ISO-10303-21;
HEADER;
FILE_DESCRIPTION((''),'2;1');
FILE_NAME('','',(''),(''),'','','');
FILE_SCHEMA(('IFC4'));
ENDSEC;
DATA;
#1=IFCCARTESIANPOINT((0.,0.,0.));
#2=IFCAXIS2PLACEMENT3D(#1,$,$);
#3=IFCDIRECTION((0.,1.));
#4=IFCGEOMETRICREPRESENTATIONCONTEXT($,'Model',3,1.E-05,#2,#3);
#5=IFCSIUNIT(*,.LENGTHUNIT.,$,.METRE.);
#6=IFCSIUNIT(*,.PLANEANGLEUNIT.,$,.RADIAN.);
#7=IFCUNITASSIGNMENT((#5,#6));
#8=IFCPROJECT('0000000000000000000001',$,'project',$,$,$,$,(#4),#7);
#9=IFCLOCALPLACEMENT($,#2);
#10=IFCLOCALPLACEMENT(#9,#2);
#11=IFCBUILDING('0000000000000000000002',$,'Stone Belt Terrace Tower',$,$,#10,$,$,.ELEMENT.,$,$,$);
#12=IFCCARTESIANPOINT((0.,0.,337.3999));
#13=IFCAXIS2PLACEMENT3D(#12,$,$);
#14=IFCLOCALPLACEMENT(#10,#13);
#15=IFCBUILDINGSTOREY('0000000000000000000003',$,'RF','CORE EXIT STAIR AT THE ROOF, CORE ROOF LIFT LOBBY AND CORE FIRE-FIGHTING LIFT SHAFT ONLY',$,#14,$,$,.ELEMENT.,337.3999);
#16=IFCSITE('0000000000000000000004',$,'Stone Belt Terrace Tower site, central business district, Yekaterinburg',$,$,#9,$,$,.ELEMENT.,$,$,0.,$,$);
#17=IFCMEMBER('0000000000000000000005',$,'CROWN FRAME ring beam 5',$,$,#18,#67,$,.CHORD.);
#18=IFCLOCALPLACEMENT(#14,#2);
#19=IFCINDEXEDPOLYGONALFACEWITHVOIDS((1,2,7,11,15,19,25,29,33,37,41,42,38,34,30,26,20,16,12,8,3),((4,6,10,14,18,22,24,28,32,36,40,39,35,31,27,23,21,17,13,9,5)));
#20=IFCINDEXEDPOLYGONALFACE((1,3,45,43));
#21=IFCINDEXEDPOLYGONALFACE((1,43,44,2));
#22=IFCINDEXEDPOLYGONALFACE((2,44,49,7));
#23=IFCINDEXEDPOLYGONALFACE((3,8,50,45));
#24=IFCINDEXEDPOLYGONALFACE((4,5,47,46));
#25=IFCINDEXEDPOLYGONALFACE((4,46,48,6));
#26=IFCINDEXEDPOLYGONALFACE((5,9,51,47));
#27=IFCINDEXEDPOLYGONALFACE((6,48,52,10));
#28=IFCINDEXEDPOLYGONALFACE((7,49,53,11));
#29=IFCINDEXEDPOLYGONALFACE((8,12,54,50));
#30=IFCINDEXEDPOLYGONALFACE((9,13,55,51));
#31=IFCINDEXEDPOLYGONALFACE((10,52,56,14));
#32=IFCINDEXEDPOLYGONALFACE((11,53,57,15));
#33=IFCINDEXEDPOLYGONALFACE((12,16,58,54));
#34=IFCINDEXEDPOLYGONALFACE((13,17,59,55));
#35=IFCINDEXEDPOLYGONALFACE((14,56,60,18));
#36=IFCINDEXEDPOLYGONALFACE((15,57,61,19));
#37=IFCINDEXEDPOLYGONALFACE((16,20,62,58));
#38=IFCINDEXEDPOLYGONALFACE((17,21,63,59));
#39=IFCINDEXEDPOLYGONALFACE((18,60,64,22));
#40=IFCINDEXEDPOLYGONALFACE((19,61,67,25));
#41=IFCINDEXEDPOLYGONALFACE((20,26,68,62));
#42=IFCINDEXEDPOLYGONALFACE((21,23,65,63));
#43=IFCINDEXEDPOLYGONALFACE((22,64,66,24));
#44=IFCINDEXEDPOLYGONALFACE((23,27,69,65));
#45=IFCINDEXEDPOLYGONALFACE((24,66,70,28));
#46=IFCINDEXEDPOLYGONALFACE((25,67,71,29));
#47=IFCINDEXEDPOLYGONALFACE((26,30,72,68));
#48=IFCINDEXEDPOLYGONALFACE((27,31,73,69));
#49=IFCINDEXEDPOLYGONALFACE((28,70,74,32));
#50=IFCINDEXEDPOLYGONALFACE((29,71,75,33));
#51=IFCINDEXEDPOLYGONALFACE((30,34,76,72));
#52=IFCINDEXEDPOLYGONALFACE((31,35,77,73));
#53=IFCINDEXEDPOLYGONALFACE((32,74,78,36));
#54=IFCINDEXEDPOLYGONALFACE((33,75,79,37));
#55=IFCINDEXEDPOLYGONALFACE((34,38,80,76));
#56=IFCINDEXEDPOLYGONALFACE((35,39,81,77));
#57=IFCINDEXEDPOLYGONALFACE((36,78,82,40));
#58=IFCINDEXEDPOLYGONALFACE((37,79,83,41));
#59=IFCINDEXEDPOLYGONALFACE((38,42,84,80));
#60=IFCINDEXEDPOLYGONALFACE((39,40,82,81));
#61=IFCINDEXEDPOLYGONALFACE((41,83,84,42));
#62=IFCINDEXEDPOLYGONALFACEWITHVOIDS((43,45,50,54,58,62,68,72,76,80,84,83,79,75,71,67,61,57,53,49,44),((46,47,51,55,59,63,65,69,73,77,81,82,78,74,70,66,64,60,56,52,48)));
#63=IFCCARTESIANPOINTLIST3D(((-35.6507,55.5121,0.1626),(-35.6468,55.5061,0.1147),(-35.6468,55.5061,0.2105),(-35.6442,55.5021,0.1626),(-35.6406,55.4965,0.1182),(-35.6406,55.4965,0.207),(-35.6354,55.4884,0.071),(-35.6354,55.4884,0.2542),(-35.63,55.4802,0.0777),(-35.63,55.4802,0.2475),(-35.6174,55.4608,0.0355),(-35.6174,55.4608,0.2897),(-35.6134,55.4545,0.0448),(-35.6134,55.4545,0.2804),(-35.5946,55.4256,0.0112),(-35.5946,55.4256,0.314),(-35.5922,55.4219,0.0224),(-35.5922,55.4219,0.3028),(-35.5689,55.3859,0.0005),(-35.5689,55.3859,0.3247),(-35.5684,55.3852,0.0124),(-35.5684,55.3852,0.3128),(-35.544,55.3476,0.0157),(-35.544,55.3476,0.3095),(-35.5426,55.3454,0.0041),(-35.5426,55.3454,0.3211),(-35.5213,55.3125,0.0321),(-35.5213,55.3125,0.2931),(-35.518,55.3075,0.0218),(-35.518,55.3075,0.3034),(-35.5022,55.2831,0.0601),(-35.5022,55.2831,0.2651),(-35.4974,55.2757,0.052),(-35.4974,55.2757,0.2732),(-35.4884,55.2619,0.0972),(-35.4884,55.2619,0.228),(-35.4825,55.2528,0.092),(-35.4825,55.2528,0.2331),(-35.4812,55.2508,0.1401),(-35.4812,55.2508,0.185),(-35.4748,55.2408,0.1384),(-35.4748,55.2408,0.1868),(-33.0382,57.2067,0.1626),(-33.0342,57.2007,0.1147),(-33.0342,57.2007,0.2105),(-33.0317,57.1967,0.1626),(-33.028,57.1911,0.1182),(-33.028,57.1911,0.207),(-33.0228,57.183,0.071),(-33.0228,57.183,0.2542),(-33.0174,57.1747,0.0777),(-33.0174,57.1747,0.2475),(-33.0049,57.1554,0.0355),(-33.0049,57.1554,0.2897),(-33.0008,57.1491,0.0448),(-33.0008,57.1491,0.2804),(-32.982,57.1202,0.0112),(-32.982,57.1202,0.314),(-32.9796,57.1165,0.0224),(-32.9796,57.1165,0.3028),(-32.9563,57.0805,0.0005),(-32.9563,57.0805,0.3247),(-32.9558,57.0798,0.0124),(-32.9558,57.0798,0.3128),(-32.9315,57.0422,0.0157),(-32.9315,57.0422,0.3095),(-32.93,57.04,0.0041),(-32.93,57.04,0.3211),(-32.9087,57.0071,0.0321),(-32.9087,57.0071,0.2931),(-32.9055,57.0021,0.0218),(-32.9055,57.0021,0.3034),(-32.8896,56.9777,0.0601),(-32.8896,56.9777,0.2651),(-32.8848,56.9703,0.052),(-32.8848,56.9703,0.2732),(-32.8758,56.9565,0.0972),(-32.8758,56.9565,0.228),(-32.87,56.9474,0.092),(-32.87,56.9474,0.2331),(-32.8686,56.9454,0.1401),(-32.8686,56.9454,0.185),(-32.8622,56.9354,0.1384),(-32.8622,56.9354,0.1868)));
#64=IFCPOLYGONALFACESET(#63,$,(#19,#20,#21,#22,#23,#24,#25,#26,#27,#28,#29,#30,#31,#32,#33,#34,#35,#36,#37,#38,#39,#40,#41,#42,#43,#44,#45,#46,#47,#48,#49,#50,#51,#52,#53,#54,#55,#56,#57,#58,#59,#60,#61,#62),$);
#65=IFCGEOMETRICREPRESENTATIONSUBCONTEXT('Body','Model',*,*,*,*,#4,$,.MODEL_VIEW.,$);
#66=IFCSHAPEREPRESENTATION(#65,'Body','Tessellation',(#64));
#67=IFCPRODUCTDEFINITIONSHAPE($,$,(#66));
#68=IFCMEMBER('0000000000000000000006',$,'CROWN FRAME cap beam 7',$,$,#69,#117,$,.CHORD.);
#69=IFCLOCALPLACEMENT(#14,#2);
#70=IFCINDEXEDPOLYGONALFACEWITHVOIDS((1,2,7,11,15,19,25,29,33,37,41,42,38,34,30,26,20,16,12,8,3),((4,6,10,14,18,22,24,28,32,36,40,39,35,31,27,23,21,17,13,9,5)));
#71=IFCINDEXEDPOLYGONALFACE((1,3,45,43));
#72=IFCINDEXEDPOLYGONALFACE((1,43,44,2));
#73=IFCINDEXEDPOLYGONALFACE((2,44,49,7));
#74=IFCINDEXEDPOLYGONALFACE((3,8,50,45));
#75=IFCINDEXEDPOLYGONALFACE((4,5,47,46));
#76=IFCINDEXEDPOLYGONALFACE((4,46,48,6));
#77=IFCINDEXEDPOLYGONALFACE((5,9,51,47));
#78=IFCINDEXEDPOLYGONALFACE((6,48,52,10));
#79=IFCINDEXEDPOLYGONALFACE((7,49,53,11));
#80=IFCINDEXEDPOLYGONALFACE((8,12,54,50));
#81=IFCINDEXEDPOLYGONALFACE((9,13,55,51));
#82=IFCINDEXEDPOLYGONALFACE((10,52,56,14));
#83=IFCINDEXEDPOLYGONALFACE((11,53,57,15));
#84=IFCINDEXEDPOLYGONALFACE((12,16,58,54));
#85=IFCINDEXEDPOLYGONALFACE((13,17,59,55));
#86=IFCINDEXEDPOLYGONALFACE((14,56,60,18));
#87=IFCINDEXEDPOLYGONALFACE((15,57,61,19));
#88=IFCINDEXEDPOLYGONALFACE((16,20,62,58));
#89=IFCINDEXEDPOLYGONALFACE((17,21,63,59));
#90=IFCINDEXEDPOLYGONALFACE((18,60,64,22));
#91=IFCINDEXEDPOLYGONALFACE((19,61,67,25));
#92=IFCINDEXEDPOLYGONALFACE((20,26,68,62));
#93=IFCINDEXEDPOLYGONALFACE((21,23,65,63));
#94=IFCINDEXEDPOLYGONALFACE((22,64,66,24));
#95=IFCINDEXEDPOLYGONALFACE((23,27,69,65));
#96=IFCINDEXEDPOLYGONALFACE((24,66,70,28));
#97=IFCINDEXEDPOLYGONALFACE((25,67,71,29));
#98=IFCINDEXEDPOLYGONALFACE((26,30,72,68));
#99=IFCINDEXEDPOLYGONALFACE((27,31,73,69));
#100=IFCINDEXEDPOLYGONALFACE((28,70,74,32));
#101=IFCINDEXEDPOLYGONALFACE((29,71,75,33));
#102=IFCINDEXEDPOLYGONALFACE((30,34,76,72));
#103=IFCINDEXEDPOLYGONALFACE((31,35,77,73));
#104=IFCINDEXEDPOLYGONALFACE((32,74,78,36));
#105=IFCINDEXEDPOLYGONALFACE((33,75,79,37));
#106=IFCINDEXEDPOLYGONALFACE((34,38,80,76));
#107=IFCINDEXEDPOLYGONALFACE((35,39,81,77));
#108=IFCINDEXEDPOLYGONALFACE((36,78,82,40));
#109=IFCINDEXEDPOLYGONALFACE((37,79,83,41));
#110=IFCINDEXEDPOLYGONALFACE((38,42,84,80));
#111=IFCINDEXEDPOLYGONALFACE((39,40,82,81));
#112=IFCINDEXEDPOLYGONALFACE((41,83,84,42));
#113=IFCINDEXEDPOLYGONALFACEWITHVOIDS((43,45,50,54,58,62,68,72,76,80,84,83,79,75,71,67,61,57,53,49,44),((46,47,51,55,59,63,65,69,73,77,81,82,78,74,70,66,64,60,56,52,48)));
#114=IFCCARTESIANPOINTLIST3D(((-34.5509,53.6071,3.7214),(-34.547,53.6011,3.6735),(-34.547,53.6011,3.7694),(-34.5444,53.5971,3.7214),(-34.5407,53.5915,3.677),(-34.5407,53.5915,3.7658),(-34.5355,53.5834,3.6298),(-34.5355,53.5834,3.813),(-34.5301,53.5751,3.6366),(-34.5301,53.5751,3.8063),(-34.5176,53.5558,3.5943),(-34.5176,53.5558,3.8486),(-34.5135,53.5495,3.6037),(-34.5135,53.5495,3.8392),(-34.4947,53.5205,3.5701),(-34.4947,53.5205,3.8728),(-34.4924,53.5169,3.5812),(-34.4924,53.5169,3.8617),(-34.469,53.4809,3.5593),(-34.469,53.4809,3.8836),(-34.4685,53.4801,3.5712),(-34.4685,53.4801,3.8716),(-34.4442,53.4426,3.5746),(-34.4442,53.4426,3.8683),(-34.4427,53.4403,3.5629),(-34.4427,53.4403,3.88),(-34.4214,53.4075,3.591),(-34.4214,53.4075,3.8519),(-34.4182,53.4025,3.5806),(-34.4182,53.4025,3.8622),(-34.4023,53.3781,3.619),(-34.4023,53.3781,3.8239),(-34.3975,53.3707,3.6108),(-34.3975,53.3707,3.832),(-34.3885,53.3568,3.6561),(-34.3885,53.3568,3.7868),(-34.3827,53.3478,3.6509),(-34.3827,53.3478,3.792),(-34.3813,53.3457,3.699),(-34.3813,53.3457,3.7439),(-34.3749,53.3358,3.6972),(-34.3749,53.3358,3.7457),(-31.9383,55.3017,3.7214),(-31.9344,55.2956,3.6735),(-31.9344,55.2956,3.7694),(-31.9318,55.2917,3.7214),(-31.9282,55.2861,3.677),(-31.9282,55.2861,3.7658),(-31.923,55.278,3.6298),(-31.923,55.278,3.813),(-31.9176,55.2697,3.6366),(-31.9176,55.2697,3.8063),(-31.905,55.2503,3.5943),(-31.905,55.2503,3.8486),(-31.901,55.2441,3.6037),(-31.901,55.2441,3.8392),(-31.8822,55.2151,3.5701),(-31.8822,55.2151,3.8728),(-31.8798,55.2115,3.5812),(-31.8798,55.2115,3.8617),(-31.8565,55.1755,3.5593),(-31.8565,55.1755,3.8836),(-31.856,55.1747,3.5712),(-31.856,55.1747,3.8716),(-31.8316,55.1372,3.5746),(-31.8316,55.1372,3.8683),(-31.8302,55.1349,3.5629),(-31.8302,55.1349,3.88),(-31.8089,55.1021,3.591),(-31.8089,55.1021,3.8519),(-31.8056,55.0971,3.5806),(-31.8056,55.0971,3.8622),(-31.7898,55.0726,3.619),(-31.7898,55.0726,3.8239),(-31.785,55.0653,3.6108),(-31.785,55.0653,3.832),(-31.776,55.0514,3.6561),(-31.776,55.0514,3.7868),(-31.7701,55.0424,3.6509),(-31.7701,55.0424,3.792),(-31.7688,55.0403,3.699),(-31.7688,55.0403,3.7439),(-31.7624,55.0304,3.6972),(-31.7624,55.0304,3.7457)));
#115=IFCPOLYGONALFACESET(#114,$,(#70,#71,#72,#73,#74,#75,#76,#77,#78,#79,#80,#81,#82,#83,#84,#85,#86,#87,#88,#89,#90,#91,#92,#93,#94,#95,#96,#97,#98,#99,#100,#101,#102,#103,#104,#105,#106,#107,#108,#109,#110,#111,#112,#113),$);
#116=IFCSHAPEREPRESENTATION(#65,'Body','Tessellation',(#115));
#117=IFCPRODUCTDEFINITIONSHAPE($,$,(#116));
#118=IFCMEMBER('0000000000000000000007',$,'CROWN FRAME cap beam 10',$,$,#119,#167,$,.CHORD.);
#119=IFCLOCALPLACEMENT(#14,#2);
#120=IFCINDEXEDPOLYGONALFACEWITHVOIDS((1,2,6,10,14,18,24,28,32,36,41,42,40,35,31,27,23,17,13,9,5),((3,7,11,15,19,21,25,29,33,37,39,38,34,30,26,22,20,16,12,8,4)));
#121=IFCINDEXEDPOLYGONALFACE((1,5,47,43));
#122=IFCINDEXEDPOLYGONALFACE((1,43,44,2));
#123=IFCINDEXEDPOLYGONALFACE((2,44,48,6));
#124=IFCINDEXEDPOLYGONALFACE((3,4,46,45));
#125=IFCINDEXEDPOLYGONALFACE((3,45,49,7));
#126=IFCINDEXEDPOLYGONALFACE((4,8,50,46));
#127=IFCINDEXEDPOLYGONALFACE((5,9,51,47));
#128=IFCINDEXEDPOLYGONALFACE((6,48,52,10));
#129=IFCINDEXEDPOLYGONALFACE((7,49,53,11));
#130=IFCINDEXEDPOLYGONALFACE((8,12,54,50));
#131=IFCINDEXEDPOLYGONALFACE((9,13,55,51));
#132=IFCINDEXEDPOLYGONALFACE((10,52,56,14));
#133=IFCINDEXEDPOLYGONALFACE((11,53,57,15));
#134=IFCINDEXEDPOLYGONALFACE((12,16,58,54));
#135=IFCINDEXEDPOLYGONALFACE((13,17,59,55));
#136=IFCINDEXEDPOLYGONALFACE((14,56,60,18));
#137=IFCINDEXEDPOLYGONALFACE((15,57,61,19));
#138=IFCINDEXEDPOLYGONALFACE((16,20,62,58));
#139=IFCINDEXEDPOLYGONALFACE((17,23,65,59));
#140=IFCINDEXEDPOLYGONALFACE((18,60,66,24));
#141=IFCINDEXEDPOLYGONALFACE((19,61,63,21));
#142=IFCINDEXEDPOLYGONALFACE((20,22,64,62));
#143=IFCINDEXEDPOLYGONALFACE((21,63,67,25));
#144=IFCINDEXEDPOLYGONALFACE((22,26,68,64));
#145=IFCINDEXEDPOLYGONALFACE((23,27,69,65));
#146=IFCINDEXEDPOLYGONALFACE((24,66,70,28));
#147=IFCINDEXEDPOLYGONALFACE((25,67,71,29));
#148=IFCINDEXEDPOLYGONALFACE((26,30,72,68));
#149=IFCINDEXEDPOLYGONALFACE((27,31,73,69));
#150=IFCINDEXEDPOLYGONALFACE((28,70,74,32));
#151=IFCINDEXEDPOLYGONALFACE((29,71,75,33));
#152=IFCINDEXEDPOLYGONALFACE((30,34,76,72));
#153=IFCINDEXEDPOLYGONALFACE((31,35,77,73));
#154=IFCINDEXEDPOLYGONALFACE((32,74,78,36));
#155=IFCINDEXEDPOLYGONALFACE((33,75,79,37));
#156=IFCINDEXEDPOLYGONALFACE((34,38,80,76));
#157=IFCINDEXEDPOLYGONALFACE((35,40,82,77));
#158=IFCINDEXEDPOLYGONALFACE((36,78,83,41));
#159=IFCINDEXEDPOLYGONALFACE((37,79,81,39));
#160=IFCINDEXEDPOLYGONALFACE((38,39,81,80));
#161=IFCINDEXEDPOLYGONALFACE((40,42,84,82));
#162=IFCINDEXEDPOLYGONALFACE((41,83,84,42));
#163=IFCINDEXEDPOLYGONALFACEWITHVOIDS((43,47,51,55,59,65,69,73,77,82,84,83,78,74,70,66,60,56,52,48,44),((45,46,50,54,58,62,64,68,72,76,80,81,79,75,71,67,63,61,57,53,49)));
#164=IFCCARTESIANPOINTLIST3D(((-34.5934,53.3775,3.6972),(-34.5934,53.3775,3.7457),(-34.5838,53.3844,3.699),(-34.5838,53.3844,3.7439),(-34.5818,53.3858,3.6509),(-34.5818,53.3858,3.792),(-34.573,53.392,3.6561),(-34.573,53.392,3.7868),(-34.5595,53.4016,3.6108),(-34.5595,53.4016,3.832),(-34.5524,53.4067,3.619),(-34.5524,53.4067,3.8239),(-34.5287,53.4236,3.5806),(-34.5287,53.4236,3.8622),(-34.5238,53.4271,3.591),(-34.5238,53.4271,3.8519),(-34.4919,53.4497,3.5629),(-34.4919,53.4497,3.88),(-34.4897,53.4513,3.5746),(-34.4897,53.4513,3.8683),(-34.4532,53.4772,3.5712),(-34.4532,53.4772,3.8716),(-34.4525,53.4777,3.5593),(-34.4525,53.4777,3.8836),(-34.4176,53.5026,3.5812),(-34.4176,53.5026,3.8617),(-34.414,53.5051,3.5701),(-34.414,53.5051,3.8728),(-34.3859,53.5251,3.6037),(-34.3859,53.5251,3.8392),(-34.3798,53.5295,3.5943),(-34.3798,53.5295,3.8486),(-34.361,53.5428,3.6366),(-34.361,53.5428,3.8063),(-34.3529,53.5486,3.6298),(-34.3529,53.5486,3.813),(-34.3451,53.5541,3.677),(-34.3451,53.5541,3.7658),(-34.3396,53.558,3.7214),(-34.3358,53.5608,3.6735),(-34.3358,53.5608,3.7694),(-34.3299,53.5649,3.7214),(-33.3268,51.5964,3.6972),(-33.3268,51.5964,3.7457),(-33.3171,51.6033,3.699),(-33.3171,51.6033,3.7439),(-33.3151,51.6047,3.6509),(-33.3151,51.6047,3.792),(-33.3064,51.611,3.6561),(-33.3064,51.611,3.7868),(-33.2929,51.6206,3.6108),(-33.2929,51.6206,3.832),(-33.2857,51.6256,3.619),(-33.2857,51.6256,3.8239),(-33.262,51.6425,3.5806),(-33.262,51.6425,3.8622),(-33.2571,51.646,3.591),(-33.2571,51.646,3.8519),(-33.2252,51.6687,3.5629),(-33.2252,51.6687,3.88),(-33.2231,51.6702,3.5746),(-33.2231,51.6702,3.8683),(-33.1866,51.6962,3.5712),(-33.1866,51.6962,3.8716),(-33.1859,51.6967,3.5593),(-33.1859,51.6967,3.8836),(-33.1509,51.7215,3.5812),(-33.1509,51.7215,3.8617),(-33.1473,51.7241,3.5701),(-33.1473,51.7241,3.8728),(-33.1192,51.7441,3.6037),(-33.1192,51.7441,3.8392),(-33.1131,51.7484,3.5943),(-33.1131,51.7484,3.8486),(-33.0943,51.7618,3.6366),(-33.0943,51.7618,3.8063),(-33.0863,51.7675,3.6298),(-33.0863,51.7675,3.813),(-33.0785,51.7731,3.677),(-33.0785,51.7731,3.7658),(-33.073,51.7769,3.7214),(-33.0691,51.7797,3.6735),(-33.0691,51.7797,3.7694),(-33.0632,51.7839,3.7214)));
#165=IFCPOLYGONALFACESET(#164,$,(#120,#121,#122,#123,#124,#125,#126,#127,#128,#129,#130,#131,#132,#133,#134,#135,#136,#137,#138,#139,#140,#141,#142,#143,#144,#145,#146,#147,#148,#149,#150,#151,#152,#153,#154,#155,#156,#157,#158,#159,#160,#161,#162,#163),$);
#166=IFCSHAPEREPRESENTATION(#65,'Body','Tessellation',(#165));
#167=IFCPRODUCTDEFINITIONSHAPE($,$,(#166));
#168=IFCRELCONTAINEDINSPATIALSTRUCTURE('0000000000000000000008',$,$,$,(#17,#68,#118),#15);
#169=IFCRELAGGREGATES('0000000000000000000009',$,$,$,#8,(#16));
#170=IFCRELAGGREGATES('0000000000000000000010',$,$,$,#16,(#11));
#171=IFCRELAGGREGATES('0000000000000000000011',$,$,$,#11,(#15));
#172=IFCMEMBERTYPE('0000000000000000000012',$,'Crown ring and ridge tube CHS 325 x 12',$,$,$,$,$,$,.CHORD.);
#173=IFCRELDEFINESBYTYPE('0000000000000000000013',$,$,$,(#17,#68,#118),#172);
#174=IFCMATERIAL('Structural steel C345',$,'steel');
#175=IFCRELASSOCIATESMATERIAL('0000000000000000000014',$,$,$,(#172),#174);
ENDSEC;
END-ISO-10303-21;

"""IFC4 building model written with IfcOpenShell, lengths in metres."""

from ifc_helpers import new_model, si_unit, direction, frame, origin, origin_2d, place, context, subcontext, project, spatial, hollow_circle, extrude, material, material_profile, profile_set, type_object, element, save


model = new_model("IFC4")

# Units and contexts
model_context = context("Model", 3, precision=1e-05, world=origin(), true_north=direction((0.0, 1.0)))
body_context = subcontext(model_context, "Body", "Model", "MODEL_VIEW")
ifc_project = project(units=[si_unit("LENGTHUNIT", "METRE"), si_unit("PLANEANGLEUNIT", "RADIAN")], contexts=[model_context])

# Site, building, storey
site_placement = place(None, origin())
site = spatial("IfcSite", under=ifc_project, at=site_placement, Name="Stone Belt Terrace Tower site, central business district, Yekaterinburg", CompositionType="ELEMENT", RefElevation=0.0)
building_placement = place(site_placement, origin())
building = spatial("IfcBuilding", under=site, at=building_placement, Name="Stone Belt Terrace Tower", CompositionType="ELEMENT")
storey_placement = place(building_placement, frame((0.0, 0.0, 337.3999)))
storey = spatial("IfcBuildingStorey", under=building, at=storey_placement, Name="RF", Description="CORE EXIT STAIR AT THE ROOF, CORE ROOF LIFT LOBBY AND CORE FIRE-FIGHTING LIFT SHAFT ONLY", CompositionType="ELEMENT", Elevation=337.3999)

# Members
ifc_material_1 = material(Name="Structural steel C345", Category="steel")
ifc_material_profile_1 = material_profile(ifc_material_1, hollow_circle(Radius=0.1626, WallThickness=0.012, at=origin_2d()), Name="Structural steel C345 CHS 325x12")
ifc_profile_set_1 = profile_set([ifc_material_profile_1], Name="Structural steel C345")
member_type_1 = type_object("IfcMemberType", Name="Crown ring and ridge tube CHS 325 x 12", PredefinedType="CHORD", material=ifc_profile_set_1)
for number, where, z_axis, x_axis, name in (
    (1, (-35.5623, 55.3757, 0.1626), (0.838968, 0.544181, 0.0), (-0.544181, 0.838968, 0.0), "CROWN FRAME ring beam 5"),
    (2, (-34.4624, 53.4707, 3.7214), (0.838968, 0.544181, 0.0), (-0.544181, 0.838968, 0.0), "CROWN FRAME cap beam 7"),
):
    element("IfcMember", number, at=place(storey_placement, frame(where, z_axis=z_axis, x_axis=x_axis)), inside=storey, type_object=member_type_1, Name=name, PredefinedType="CHORD", context=body_context, shape_type="SweptSolid", body=[
        extrude(hollow_circle(Radius=0.1626, WallThickness=0.012, at=origin_2d()), origin(), (0.0, 0.0, 1.0), 3.114),
    ])
member_1_placement = place(storey_placement, frame((-34.4624, 53.4707, 3.7214), z_axis=(0.579557, -0.814932, 0.0), x_axis=(0.814932, 0.579557, 0.0)))
element("IfcMember", 3, at=member_1_placement, inside=storey, type_object=member_type_1, Name="CROWN FRAME cap beam 10", PredefinedType="CHORD", context=body_context, shape_type="SweptSolid", body=[
    extrude(hollow_circle(Radius=0.1626, WallThickness=0.012, at=origin_2d()), origin(), (0.0, 0.0, 1.0), 2.1855),
])

save(model, "model.ifc")
